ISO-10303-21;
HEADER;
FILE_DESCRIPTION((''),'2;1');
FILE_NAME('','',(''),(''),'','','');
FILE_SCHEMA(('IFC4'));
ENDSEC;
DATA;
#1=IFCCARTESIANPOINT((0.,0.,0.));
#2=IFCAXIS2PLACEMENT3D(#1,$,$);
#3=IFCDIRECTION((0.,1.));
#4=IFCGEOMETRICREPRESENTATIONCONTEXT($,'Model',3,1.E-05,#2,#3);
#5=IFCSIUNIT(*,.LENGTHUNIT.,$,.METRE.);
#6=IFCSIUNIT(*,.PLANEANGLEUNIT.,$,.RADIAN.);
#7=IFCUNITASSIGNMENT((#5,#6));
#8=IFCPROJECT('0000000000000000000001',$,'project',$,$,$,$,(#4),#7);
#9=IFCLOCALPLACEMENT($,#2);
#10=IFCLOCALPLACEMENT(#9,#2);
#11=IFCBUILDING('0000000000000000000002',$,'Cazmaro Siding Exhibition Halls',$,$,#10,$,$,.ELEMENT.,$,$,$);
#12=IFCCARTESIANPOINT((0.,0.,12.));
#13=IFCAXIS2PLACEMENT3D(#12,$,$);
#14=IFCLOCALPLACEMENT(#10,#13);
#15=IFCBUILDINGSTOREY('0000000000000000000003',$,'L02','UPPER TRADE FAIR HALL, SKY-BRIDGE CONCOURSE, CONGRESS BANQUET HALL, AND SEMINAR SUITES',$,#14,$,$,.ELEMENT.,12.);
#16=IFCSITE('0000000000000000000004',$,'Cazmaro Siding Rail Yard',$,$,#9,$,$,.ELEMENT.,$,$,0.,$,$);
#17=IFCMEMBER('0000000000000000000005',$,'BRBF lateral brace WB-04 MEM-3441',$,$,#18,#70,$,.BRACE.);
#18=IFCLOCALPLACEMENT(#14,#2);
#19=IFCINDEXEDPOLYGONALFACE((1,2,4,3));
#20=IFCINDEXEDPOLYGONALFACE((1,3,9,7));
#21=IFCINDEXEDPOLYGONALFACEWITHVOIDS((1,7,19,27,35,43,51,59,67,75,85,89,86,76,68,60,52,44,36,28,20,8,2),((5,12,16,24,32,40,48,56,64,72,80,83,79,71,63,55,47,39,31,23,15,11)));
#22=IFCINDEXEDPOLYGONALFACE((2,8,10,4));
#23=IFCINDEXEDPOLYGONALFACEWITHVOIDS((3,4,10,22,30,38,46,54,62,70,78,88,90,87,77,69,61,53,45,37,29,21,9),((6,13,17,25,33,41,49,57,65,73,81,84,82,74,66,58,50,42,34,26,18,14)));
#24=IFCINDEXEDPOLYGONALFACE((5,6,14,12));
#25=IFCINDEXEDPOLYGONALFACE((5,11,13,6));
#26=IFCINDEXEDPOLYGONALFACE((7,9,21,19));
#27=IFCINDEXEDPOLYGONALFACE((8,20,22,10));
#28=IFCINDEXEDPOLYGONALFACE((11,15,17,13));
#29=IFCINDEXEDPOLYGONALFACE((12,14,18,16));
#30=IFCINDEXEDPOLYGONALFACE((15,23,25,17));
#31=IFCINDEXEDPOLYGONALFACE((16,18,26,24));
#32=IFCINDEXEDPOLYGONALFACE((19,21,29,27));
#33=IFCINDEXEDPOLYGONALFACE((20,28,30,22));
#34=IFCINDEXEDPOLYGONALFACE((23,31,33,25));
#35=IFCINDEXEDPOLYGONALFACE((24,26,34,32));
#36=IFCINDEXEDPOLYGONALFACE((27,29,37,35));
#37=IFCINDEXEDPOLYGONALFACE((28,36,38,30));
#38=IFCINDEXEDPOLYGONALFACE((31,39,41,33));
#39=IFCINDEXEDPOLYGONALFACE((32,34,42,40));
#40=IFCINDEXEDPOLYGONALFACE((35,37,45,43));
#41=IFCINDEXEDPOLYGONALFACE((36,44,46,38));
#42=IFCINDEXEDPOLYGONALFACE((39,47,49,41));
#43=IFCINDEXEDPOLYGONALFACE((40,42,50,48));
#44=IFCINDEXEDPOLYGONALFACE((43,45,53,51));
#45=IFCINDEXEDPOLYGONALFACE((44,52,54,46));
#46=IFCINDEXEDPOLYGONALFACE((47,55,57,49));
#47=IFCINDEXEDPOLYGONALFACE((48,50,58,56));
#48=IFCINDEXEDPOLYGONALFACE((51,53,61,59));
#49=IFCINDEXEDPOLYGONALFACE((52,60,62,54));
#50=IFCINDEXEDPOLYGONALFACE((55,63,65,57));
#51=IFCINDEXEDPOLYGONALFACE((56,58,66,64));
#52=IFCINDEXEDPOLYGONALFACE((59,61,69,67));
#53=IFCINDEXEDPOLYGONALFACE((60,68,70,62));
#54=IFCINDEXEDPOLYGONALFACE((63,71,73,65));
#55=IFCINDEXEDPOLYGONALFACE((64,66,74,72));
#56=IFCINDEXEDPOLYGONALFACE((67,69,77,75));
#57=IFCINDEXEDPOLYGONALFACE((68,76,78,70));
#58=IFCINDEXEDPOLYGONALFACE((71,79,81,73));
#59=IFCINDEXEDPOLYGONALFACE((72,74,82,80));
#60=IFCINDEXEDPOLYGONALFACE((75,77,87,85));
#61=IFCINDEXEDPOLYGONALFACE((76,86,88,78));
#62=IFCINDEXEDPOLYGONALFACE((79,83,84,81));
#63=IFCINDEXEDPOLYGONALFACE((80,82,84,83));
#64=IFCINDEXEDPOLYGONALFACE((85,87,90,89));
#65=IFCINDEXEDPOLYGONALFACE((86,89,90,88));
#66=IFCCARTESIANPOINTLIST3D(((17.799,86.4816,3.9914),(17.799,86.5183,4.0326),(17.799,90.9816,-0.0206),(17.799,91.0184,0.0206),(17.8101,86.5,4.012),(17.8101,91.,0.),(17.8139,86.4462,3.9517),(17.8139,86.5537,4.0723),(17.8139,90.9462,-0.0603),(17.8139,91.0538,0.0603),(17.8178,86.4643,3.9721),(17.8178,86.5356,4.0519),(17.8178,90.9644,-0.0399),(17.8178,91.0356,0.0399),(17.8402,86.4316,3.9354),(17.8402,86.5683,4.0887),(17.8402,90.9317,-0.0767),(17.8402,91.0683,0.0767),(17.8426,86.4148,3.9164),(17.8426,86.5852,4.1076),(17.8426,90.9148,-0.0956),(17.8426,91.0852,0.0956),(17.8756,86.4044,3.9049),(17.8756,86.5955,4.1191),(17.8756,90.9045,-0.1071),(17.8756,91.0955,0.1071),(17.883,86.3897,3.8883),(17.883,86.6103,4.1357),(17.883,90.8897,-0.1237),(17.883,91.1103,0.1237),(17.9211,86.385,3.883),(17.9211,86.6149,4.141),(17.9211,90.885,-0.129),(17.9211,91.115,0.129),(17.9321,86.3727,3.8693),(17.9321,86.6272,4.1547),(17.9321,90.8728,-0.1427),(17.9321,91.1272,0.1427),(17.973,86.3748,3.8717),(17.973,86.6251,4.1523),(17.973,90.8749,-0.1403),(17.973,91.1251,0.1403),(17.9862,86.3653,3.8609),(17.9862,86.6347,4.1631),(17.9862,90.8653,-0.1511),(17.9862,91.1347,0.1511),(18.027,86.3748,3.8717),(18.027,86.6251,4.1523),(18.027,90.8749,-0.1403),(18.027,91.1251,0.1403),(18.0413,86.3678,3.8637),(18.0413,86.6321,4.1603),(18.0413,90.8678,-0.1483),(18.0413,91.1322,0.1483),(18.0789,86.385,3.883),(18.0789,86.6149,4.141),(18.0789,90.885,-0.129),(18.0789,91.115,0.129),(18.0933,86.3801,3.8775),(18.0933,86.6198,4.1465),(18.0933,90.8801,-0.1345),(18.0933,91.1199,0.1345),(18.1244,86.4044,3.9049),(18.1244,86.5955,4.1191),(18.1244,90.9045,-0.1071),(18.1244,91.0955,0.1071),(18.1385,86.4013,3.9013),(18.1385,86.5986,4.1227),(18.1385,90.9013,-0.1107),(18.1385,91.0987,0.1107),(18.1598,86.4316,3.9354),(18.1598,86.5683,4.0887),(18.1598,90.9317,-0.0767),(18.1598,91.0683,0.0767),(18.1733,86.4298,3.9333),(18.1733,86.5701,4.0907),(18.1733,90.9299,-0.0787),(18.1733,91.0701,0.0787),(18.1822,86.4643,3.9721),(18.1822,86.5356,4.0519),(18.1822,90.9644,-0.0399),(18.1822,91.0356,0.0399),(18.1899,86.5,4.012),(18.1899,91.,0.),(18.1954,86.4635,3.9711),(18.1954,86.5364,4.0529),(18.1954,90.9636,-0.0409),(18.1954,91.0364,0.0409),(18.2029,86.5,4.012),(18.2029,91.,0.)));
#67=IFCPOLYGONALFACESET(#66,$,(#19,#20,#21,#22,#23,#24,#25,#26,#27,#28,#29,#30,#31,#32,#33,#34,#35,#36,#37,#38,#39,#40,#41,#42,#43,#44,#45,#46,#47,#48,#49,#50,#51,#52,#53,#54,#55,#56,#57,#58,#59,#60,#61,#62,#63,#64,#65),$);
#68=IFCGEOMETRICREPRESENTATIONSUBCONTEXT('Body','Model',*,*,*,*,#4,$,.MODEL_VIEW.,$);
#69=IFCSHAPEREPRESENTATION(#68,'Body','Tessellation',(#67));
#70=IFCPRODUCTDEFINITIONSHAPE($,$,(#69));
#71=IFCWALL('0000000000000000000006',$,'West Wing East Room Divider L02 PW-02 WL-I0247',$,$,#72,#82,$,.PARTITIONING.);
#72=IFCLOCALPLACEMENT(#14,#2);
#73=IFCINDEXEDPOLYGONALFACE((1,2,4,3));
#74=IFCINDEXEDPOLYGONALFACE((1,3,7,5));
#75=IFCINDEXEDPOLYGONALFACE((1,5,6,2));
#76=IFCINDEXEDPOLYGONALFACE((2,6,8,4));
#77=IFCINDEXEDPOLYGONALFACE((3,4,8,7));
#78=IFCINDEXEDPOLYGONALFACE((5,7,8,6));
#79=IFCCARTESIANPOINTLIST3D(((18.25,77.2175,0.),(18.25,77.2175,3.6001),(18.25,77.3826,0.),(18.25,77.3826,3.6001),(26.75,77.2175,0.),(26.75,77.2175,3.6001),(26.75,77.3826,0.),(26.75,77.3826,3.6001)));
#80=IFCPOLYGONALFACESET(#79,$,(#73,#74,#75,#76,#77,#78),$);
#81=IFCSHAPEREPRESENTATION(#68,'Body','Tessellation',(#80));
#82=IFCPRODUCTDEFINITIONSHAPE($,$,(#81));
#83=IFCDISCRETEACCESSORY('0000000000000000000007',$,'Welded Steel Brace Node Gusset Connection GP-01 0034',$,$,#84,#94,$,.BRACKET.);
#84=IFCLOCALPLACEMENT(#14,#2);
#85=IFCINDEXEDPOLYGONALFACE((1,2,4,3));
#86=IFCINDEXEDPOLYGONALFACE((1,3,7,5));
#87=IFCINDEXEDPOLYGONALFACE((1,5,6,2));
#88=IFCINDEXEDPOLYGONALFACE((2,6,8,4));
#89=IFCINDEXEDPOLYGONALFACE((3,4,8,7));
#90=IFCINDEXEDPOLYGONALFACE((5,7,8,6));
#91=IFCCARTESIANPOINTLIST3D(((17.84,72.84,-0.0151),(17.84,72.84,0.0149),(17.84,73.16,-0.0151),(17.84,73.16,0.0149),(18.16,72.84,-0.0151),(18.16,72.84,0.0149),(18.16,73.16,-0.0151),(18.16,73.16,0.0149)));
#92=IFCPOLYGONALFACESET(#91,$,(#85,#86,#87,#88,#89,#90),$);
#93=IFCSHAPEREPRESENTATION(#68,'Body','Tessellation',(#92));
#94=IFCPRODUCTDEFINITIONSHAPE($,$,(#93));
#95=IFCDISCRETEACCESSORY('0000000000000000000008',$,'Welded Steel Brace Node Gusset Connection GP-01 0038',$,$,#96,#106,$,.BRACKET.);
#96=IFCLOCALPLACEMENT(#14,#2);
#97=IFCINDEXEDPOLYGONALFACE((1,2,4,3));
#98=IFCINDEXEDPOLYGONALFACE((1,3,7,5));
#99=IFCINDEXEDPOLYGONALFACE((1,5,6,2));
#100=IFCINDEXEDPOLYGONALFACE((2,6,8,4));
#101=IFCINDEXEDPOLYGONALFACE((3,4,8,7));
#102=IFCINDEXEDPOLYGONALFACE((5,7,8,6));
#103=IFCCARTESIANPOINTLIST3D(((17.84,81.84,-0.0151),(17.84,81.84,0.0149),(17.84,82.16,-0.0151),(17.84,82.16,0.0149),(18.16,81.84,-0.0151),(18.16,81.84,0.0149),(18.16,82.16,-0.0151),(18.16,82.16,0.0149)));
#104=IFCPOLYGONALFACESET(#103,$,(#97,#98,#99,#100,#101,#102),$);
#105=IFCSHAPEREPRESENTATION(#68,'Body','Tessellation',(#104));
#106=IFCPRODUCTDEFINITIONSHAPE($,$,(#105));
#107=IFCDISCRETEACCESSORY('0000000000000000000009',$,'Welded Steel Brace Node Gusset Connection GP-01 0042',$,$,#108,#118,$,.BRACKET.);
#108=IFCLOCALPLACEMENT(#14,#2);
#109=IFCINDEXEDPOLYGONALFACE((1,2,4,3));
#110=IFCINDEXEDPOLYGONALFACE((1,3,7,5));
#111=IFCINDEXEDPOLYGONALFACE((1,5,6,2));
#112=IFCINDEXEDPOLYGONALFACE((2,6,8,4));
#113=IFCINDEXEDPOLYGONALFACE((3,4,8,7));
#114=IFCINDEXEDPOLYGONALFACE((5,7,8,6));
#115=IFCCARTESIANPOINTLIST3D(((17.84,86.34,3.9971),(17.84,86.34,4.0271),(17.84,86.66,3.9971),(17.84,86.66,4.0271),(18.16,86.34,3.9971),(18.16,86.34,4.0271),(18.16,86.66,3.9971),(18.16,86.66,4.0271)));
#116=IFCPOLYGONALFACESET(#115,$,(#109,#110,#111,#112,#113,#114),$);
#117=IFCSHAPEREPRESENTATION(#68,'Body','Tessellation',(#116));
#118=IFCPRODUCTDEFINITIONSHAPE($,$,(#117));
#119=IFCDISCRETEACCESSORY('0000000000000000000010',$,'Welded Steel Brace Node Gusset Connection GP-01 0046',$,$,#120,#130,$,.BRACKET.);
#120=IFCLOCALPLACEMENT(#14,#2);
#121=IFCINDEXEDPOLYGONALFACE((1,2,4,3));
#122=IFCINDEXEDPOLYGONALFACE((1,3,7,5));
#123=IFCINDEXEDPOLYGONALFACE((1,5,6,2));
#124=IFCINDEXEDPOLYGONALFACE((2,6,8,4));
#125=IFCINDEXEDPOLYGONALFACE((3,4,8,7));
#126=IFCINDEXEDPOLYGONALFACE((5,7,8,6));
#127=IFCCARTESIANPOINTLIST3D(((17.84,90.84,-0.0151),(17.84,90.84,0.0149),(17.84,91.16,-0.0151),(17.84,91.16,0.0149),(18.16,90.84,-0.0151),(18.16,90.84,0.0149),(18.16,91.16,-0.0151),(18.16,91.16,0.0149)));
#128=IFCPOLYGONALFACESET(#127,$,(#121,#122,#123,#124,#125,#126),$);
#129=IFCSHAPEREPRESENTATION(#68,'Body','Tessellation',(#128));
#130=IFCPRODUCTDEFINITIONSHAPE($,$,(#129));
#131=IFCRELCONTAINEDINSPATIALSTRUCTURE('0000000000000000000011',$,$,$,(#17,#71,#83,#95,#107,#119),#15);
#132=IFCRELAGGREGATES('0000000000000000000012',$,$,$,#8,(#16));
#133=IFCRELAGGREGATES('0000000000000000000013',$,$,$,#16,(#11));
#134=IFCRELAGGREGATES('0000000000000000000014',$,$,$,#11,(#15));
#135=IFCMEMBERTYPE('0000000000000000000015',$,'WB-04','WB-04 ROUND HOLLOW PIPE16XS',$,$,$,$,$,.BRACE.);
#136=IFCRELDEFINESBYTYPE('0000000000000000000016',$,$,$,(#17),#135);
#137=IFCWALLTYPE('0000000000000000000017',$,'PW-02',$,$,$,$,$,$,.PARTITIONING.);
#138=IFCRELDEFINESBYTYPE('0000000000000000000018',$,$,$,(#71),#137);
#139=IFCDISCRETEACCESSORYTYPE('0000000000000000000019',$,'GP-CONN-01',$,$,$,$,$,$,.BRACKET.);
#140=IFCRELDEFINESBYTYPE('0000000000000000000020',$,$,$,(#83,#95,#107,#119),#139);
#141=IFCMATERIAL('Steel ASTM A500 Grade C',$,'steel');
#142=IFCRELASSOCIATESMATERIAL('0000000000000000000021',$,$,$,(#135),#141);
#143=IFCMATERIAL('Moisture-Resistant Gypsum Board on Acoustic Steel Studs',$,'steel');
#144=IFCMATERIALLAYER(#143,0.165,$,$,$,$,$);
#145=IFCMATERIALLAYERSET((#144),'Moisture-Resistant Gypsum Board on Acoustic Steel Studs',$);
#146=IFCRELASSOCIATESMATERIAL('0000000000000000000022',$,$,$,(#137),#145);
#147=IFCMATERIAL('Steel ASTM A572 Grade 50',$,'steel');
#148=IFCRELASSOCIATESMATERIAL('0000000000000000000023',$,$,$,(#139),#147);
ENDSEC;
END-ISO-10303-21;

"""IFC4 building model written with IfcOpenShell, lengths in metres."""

from ifc_helpers import new_model, si_unit, direction, frame, frame_2d, origin, origin_2d, place, context, subcontext, project, spatial, rectangle, hollow_circle, extrude, material, layer, layer_set, material_profile, profile_set, type_object, element, save


model = new_model("IFC4")

# Units and contexts
model_context = context("Model", 3, precision=1e-05, world=origin(), true_north=direction((0.0, 1.0)))
body_context = subcontext(model_context, "Body", "Model", "MODEL_VIEW")
ifc_project = project(units=[si_unit("LENGTHUNIT", "METRE"), si_unit("PLANEANGLEUNIT", "RADIAN")], contexts=[model_context])

# Site, building, storey
site_placement = place(None, origin())
site = spatial("IfcSite", under=ifc_project, at=site_placement, Name="Cazmaro Siding Rail Yard", CompositionType="ELEMENT", RefElevation=0.0)
building_placement = place(site_placement, origin())
building = spatial("IfcBuilding", under=site, at=building_placement, Name="Cazmaro Siding Exhibition Halls", CompositionType="ELEMENT")
storey_placement = place(building_placement, frame((0.0, 0.0, 12.0)))
storey = spatial("IfcBuildingStorey", under=building, at=storey_placement, Name="L02", Description="UPPER TRADE FAIR HALL, SKY-BRIDGE CONCOURSE, CONGRESS BANQUET HALL, AND SEMINAR SUITES", CompositionType="ELEMENT", Elevation=12.0)

# Member
ifc_material_1 = material(Name="Steel ASTM A500 Grade C", Category="steel")
ifc_material_profile_1 = material_profile(ifc_material_1, hollow_circle(Radius=0.2029, WallThickness=0.0129, at=origin_2d()), Name="PIPE16XS")
ifc_profile_set_1 = profile_set([ifc_material_profile_1], Name="Steel ASTM A500 Grade C")
member_type = type_object("IfcMemberType", Name="WB-04", Description="WB-04 ROUND HOLLOW PIPE16XS", PredefinedType="BRACE", material=ifc_profile_set_1)
for number, where, z_axis, x_axis, name in (
    (1, (18.0, 91.0, 0.0), (0.0, -0.746423, 0.665472), (1.0, 0.0, 0.0), "BRBF lateral brace WB-04 MEM-3441"),
):
    element("IfcMember", number, at=place(storey_placement, frame(where, z_axis=z_axis, x_axis=x_axis)), inside=storey, type_object=member_type, Name=name, PredefinedType="BRACE", context=body_context, shape_type="SweptSolid", body=[
        extrude(hollow_circle(Radius=0.2029, WallThickness=0.0129, at=origin_2d()), origin(), (0.0, 0.0, 1.0), 6.0288),
    ])

# Wall
ifc_material_2 = material(Name="Moisture-Resistant Gypsum Board on Acoustic Steel Studs", Category="steel")
ifc_layer = layer(ifc_material_2, 0.165)
ifc_layer_set = layer_set([ifc_layer], Name="Moisture-Resistant Gypsum Board on Acoustic Steel Studs")
wall_type = type_object("IfcWallType", Name="PW-02", PredefinedType="PARTITIONING", material=ifc_layer_set)
wall_placement = place(storey_placement, frame((18.25, 77.3, 0.0), z_axis=(0.0, 0.0, 1.0), x_axis=(1.0, 0.0, 0.0)))
element("IfcWall", 2, at=wall_placement, inside=storey, type_object=wall_type, Name="West Wing East Room Divider L02 PW-02 WL-I0247", PredefinedType="PARTITIONING", context=body_context, shape_type="SweptSolid", body=[
    extrude(rectangle(XDim=8.5, YDim=0.165, at=frame_2d((4.25, 0.0))), origin(), (0.0, 0.0, 1.0), 3.6001),
])

# Discrete accessories
ifc_material_3 = material(Name="Steel ASTM A572 Grade 50", Category="steel")
discrete_accessory_type = type_object("IfcDiscreteAccessoryType", Name="GP-CONN-01", PredefinedType="BRACKET", material=ifc_material_3)
for number, where, z_axis, x_axis, name in (
    (3, (18.0, 73.0, -0.0151), (0.0, 0.0, 1.0), (1.0, 0.0, 0.0), "Welded Steel Brace Node Gusset Connection GP-01 0034"),
    (4, (18.0, 82.0, -0.0151), (0.0, 0.0, 1.0), (1.0, 0.0, 0.0), "Welded Steel Brace Node Gusset Connection GP-01 0038"),
    (5, (18.0, 86.5, 3.9971), (0.0, 0.0, 1.0), (1.0, 0.0, 0.0), "Welded Steel Brace Node Gusset Connection GP-01 0042"),
    (6, (18.0, 91.0, -0.0151), (0.0, 0.0, 1.0), (1.0, 0.0, 0.0), "Welded Steel Brace Node Gusset Connection GP-01 0046"),
):
    element("IfcDiscreteAccessory", number, at=place(storey_placement, frame(where, z_axis=z_axis, x_axis=x_axis)), inside=storey, type_object=discrete_accessory_type, Name=name, PredefinedType="BRACKET", context=body_context, shape_type="SweptSolid", body=[
        extrude(rectangle(XDim=0.3201, YDim=0.3201, at=origin_2d()), origin(), (0.0, 0.0, 1.0), 0.03),
    ])

save(model, "model.ifc")
